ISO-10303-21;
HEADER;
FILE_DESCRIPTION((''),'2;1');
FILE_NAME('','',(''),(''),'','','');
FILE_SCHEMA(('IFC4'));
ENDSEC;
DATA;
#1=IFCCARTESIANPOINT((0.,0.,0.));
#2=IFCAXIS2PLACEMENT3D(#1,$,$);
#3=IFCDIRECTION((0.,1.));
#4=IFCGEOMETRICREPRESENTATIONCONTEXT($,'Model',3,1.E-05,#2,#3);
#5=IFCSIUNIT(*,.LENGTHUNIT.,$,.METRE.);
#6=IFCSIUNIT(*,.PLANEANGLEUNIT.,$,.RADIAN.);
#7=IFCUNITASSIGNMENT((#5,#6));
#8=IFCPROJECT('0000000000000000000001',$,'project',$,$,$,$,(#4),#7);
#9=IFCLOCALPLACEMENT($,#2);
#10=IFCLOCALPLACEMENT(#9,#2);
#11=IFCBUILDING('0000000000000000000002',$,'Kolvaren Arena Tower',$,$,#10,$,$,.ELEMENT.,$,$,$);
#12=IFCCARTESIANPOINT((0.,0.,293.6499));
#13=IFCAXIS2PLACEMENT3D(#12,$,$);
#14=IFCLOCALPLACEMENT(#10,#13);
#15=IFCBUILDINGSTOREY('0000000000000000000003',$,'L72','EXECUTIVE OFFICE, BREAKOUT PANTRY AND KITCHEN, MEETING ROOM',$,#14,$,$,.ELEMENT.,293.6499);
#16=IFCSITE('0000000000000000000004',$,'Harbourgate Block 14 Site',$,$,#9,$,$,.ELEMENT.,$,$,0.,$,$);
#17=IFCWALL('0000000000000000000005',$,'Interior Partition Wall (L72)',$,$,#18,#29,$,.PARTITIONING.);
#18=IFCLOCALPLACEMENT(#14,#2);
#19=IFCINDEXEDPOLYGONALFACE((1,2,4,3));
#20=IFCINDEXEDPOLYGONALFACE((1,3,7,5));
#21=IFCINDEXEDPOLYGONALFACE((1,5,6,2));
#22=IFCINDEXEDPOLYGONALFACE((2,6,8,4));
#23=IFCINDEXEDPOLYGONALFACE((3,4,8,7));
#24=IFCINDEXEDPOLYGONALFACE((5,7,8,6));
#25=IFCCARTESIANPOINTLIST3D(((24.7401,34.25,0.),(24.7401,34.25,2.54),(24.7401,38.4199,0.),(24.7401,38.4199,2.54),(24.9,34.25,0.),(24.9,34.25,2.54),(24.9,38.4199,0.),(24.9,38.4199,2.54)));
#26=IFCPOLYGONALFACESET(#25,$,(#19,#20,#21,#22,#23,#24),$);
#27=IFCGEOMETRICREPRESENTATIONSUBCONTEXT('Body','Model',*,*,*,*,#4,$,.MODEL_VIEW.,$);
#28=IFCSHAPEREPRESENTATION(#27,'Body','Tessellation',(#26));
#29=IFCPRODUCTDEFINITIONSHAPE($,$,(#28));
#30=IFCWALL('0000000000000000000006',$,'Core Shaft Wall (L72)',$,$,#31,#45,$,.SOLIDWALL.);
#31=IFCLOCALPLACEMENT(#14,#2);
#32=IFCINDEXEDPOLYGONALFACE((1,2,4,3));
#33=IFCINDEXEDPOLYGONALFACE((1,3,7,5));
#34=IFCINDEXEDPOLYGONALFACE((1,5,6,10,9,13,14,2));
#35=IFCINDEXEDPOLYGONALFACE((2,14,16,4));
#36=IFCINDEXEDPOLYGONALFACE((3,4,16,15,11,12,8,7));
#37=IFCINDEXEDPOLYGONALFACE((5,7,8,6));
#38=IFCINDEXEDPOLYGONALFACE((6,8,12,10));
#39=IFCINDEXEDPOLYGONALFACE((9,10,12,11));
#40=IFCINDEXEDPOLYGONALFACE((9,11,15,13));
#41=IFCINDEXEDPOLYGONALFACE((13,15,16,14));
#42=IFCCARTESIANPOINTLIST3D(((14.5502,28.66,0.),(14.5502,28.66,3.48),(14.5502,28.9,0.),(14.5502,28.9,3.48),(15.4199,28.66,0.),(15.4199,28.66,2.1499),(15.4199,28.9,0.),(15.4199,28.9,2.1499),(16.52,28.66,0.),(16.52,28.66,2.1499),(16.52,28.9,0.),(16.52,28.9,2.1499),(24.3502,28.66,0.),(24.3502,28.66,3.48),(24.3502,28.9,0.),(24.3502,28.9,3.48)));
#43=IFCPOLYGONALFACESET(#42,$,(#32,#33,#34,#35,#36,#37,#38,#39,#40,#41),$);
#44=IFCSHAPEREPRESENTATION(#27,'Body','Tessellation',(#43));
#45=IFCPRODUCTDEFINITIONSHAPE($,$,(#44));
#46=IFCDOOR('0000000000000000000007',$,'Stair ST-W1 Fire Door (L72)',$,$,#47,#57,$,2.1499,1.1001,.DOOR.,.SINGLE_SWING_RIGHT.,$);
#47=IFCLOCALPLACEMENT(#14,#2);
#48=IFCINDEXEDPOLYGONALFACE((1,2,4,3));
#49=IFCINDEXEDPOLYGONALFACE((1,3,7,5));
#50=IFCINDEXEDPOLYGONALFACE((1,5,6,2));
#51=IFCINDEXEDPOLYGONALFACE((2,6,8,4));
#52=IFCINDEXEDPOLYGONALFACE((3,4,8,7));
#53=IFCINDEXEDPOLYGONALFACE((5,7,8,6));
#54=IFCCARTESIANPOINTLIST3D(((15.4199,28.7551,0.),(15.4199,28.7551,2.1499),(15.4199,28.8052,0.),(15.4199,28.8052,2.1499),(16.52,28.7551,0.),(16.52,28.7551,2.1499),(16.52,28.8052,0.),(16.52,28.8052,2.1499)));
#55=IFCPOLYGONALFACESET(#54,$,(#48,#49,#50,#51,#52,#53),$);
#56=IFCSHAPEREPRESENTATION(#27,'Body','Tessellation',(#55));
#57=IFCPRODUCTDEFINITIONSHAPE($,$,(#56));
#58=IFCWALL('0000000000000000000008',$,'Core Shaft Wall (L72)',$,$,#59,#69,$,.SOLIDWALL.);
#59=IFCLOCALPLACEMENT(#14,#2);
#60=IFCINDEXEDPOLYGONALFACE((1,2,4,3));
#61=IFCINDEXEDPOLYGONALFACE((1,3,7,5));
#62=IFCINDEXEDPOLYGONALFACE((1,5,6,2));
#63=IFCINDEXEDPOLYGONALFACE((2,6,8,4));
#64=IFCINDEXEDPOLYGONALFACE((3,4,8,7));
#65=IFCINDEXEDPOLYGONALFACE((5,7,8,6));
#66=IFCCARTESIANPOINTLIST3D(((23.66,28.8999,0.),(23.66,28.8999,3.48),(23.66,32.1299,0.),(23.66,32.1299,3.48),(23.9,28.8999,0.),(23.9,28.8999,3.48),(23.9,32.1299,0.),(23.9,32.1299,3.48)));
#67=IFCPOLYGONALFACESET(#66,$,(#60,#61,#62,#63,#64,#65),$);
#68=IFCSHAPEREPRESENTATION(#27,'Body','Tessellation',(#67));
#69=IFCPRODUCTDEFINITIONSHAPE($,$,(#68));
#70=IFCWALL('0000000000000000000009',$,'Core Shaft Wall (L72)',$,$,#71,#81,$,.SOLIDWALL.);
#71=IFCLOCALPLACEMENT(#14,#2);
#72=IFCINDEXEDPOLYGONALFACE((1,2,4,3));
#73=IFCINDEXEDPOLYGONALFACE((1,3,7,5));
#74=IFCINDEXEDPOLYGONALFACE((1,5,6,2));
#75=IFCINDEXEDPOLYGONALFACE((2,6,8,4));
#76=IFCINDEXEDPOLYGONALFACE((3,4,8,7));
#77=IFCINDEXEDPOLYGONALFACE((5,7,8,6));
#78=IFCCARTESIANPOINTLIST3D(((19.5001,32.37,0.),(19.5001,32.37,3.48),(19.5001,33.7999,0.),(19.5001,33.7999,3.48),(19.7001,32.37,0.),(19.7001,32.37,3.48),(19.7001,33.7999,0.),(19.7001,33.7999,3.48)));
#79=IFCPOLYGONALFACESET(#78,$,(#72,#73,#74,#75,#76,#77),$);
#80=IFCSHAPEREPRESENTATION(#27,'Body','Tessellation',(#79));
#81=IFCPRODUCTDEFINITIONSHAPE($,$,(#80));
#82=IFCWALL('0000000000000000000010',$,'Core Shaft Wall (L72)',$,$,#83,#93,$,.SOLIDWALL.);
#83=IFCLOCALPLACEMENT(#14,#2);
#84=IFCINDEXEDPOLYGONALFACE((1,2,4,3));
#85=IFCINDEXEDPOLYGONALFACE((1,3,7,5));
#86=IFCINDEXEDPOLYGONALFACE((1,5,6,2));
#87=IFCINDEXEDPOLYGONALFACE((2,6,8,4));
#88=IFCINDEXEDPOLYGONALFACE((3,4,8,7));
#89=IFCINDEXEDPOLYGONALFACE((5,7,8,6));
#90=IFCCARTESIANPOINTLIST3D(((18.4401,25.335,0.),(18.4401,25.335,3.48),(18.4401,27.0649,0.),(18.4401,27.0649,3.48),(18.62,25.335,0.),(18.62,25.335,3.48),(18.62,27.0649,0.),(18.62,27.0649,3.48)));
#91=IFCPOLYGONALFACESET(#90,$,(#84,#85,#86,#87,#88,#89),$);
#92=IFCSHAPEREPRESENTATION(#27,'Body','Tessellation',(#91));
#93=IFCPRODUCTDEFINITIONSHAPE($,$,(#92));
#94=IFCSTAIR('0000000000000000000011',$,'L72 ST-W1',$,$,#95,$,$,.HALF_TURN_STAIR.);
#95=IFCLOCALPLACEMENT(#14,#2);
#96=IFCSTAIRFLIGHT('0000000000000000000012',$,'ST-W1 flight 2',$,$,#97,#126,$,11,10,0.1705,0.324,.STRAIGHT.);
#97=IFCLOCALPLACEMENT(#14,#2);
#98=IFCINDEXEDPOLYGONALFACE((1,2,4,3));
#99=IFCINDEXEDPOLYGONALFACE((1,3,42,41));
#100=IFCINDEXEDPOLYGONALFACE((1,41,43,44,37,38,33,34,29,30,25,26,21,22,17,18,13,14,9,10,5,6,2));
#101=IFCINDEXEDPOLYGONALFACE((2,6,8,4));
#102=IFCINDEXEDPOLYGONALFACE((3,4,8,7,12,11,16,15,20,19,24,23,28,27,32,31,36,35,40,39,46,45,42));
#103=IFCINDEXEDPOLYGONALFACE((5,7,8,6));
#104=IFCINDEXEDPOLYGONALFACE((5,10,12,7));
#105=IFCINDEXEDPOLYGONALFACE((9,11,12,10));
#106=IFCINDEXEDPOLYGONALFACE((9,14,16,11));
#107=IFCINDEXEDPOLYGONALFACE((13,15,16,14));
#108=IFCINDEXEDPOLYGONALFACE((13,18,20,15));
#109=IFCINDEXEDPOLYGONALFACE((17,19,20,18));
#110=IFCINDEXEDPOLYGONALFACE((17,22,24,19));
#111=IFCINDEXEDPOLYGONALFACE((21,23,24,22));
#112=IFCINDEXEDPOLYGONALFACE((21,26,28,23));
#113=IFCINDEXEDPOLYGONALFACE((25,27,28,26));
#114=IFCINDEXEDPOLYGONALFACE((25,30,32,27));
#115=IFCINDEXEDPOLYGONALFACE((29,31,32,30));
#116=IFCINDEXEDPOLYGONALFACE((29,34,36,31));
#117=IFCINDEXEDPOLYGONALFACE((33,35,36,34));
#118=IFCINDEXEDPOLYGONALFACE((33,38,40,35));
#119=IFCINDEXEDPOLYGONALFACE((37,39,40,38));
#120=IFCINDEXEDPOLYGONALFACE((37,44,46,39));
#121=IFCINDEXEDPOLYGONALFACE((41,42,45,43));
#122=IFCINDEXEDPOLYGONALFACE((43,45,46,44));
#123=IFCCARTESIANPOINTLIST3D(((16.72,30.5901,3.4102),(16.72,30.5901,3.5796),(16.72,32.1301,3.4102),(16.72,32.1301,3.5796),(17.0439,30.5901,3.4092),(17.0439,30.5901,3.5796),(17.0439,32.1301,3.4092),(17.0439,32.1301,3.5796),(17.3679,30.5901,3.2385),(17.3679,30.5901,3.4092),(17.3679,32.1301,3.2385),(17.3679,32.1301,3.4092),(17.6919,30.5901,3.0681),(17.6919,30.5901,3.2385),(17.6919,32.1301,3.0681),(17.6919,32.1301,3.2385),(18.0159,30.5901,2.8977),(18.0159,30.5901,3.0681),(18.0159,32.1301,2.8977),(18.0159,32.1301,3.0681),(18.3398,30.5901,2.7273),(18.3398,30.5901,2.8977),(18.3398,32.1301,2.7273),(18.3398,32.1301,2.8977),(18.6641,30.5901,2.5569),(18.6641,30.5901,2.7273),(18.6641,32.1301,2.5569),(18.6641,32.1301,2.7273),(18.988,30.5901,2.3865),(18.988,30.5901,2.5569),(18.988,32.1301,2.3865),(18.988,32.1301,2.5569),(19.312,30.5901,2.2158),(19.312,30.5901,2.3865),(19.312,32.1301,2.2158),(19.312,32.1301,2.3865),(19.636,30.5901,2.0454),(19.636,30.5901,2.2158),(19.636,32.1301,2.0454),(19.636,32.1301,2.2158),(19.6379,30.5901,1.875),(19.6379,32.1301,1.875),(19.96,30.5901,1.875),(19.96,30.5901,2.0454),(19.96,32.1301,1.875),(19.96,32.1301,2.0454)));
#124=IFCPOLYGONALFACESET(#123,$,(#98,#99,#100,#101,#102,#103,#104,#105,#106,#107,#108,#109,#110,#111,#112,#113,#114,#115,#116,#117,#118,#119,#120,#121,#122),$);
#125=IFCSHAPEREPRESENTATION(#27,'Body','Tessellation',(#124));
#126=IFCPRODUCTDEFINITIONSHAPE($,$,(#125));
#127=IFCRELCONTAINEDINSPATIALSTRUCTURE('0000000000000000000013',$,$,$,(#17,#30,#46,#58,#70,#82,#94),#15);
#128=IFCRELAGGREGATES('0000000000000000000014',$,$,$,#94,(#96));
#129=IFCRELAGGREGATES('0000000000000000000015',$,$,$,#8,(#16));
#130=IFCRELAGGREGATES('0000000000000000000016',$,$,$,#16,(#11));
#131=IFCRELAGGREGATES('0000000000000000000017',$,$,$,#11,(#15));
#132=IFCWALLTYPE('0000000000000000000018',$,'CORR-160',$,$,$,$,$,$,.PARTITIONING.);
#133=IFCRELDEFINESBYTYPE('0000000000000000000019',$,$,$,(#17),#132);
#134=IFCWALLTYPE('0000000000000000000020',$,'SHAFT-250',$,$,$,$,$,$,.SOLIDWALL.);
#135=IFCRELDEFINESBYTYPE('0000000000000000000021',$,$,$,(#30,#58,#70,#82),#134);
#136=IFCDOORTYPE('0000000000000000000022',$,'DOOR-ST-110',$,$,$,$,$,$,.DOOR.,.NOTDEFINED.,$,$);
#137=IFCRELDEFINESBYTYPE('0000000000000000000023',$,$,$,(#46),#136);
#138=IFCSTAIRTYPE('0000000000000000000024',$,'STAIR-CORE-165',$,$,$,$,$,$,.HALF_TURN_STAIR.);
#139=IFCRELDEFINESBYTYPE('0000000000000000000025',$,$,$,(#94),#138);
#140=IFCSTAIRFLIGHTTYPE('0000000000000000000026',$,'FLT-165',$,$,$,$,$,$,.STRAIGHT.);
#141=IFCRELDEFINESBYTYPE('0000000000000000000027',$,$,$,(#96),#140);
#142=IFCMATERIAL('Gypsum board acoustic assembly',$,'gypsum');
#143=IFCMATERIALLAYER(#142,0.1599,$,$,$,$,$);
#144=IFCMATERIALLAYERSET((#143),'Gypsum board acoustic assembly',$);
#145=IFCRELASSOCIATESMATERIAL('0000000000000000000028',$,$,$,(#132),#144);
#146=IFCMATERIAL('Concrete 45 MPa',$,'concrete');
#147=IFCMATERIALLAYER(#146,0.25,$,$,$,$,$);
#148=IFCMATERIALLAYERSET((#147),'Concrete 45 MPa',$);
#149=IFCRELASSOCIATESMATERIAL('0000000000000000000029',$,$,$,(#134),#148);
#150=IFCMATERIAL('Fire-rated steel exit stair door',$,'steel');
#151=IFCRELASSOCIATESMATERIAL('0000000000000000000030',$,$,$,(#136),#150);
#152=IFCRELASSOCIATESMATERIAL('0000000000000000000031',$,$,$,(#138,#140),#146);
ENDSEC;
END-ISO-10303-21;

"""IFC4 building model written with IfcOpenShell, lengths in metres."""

from ifc_helpers import new_model, si_unit, direction, frame, frame_2d, origin, place, context, subcontext, project, spatial, polyline, rectangle, outline, extrude, material, layer, layer_set, type_object, element, fill, aggregate, save


model = new_model("IFC4")

# Units and contexts
model_context = context("Model", 3, precision=1e-05, world=origin(), true_north=direction((0.0, 1.0)))
body_context = subcontext(model_context, "Body", "Model", "MODEL_VIEW")
ifc_project = project(units=[si_unit("LENGTHUNIT", "METRE"), si_unit("PLANEANGLEUNIT", "RADIAN")], contexts=[model_context])

# Site, building, storey
site_placement = place(None, origin())
site = spatial("IfcSite", under=ifc_project, at=site_placement, Name="Harbourgate Block 14 Site", CompositionType="ELEMENT", RefElevation=0.0)
building_placement = place(site_placement, origin())
building = spatial("IfcBuilding", under=site, at=building_placement, Name="Kolvaren Arena Tower", CompositionType="ELEMENT")
storey_placement = place(building_placement, frame((0.0, 0.0, 293.6499)))
storey = spatial("IfcBuildingStorey", under=building, at=storey_placement, Name="L72", Description="EXECUTIVE OFFICE, BREAKOUT PANTRY AND KITCHEN, MEETING ROOM", CompositionType="ELEMENT", Elevation=293.6499)

# Wall
ifc_material_1 = material(Name="Gypsum board acoustic assembly", Category="gypsum")
ifc_layer_1 = layer(ifc_material_1, 0.1599)
ifc_layer_set_1 = layer_set([ifc_layer_1], Name="Gypsum board acoustic assembly")
wall_type_1 = type_object("IfcWallType", Name="CORR-160", PredefinedType="PARTITIONING", material=ifc_layer_set_1)
wall_1_placement = place(storey_placement, frame((24.8201, 34.25, 0.0), z_axis=(0.0, 0.0, 1.0), x_axis=(0.0, 1.0, 0.0)))
element("IfcWall", 1, at=wall_1_placement, inside=storey, type_object=wall_type_1, Name="Interior Partition Wall (L72)", PredefinedType="PARTITIONING", context=body_context, shape_type="SweptSolid", body=[
    extrude(rectangle(XDim=4.1699, YDim=0.1599, at=frame_2d((2.085, 0.0))), origin(), (0.0, 0.0, 1.0), 2.54),
])

# Wall, opening, door
ifc_material_2 = material(Name="Concrete 45 MPa", Category="concrete")
ifc_layer_2 = layer(ifc_material_2, 0.25)
ifc_layer_set_2 = layer_set([ifc_layer_2], Name="Concrete 45 MPa")
wall_type_2 = type_object("IfcWallType", Name="SHAFT-250", PredefinedType="SOLIDWALL", material=ifc_layer_set_2)
wall_2_placement = place(storey_placement, frame((24.3501, 28.78, 0.0), z_axis=(0.0, 0.0, 1.0), x_axis=(-1.0, 0.0, 0.0)))
wall_2 = element("IfcWall", 2, at=wall_2_placement, inside=storey, type_object=wall_type_2, Name="Core Shaft Wall (L72)", PredefinedType="SOLIDWALL", context=body_context, shape_type="SweptSolid", body=[
    extrude(rectangle(XDim=9.8, YDim=0.24, at=frame_2d((4.8999, 0.0))), origin(), (0.0, 0.0, 1.0), 3.48),
])
opening_placement = place(wall_2_placement, frame((7.8301, 0.0, 0.0)))
opening = element("IfcOpeningElement", 3, at=opening_placement, cuts=wall_2, PredefinedType="OPENING", context=body_context, shape_type="SweptSolid", body=[
    extrude(rectangle(XDim=1.1001, YDim=2.1499, at=frame_2d((0.55, 1.075))), frame((0.0, 0.1299, 0.0), z_axis=(0.0, -1.0, 0.0), x_axis=(1.0, 0.0, 0.0)), (0.0, 0.0, 1.0), 0.26),
])
ifc_material_3 = material(Name="Fire-rated steel exit stair door", Category="steel")
door_type = type_object("IfcDoorType", Name="DOOR-ST-110", OperationType="NOTDEFINED", PredefinedType="DOOR", material=ifc_material_3)
door_placement = place(opening_placement, origin())
door = element("IfcDoor", 4, at=door_placement, inside=storey, type_object=door_type, Name="Stair ST-W1 Fire Door (L72)", OperationType="SINGLE_SWING_RIGHT", OverallHeight=2.1499, OverallWidth=1.1001, PredefinedType="DOOR", context=body_context, shape_type="SweptSolid", body=[
    extrude(rectangle(XDim=1.1001, YDim=2.1499, at=frame_2d((0.55, 1.075))), frame((0.0, 0.0249, 0.0), z_axis=(0.0, -1.0, 0.0), x_axis=(1.0, 0.0, 0.0)), (0.0, 0.0, 1.0), 0.05),
])
fill(opening, door)

# Walls
wall_3_placement = place(storey_placement, frame((23.78, 28.8999, 0.0), z_axis=(0.0, 0.0, 1.0), x_axis=(0.0, 1.0, 0.0)))
element("IfcWall", 5, at=wall_3_placement, inside=storey, type_object=wall_type_2, Name="Core Shaft Wall (L72)", PredefinedType="SOLIDWALL", context=body_context, shape_type="SweptSolid", body=[
    extrude(rectangle(XDim=3.23, YDim=0.24, at=frame_2d((1.615, 0.0))), origin(), (0.0, 0.0, 1.0), 3.48),
])
wall_4_placement = place(storey_placement, frame((19.6001, 32.3701, 0.0), z_axis=(0.0, 0.0, 1.0), x_axis=(0.0, 1.0, 0.0)))
element("IfcWall", 6, at=wall_4_placement, inside=storey, type_object=wall_type_2, Name="Core Shaft Wall (L72)", PredefinedType="SOLIDWALL", context=body_context, shape_type="SweptSolid", body=[
    extrude(rectangle(XDim=1.4299, YDim=0.2, at=frame_2d((0.7148, 0.0))), origin(), (0.0, 0.0, 1.0), 3.48),
])
wall_5_placement = place(storey_placement, frame((18.53, 25.335, 0.0), z_axis=(0.0, 0.0, 1.0), x_axis=(0.0, 1.0, 0.0)))
element("IfcWall", 7, at=wall_5_placement, inside=storey, type_object=wall_type_2, Name="Core Shaft Wall (L72)", PredefinedType="SOLIDWALL", context=body_context, shape_type="SweptSolid", body=[
    extrude(rectangle(XDim=1.73, YDim=0.1799, at=frame_2d((0.865, 0.0))), origin(), (0.0, 0.0, 1.0), 3.48),
])

# Stair, stair flight
stair_type = type_object("IfcStairType", Name="STAIR-CORE-165", PredefinedType="HALF_TURN_STAIR", material=ifc_material_2)
stair_placement = place(storey_placement, origin())
stair = element("IfcStair", 8, at=stair_placement, inside=storey, type_object=stair_type, Name="L72 ST-W1", PredefinedType="HALF_TURN_STAIR")
stair_flight_type = type_object("IfcStairFlightType", Name="FLT-165", PredefinedType="STRAIGHT", material=ifc_material_2)
stair_flight_placement = place(storey_placement, frame((19.96, 31.3601, 1.875), z_axis=(0.0, 0.0, 1.0), x_axis=(-1.0, 0.0, 0.0)))
stair_flight = element("IfcStairFlight", 9, at=stair_flight_placement, type_object=stair_flight_type, Name="ST-W1 flight 2", NumberOfRisers=11, NumberOfTreads=10, PredefinedType="STRAIGHT", RiserHeight=0.1705, TreadLength=0.324, context=body_context, shape_type="SweptSolid", body=[
    extrude(outline(polyline([(0.0, 0.0), (0.0, 0.1704), (0.324, 0.1704), (0.324, 0.3408), (0.6479, 0.3408), (0.6479, 0.5115), (0.9719, 0.5115), (0.9719, 0.6819), (1.2959, 0.6819), (1.2959, 0.8523), (1.6201, 0.8523), (1.6201, 1.0227), (1.9441, 1.0227), (1.9441, 1.1931), (2.2681, 1.1931), (2.2681, 1.3635), (2.592, 1.3635), (2.592, 1.5342), (2.916, 1.5342), (2.916, 1.7046), (3.24, 1.7046), (3.24, 1.875), (3.24, 1.5352), (0.322, 0.0), (0.0, 0.0)])), frame((0.0, 0.77, 0.0), z_axis=(0.0, -1.0, 0.0), x_axis=(1.0, 0.0, 0.0)), (0.0, 0.0, 1.0), 1.54),
])
aggregate(stair, [stair_flight])

save(model, "model.ifc")
